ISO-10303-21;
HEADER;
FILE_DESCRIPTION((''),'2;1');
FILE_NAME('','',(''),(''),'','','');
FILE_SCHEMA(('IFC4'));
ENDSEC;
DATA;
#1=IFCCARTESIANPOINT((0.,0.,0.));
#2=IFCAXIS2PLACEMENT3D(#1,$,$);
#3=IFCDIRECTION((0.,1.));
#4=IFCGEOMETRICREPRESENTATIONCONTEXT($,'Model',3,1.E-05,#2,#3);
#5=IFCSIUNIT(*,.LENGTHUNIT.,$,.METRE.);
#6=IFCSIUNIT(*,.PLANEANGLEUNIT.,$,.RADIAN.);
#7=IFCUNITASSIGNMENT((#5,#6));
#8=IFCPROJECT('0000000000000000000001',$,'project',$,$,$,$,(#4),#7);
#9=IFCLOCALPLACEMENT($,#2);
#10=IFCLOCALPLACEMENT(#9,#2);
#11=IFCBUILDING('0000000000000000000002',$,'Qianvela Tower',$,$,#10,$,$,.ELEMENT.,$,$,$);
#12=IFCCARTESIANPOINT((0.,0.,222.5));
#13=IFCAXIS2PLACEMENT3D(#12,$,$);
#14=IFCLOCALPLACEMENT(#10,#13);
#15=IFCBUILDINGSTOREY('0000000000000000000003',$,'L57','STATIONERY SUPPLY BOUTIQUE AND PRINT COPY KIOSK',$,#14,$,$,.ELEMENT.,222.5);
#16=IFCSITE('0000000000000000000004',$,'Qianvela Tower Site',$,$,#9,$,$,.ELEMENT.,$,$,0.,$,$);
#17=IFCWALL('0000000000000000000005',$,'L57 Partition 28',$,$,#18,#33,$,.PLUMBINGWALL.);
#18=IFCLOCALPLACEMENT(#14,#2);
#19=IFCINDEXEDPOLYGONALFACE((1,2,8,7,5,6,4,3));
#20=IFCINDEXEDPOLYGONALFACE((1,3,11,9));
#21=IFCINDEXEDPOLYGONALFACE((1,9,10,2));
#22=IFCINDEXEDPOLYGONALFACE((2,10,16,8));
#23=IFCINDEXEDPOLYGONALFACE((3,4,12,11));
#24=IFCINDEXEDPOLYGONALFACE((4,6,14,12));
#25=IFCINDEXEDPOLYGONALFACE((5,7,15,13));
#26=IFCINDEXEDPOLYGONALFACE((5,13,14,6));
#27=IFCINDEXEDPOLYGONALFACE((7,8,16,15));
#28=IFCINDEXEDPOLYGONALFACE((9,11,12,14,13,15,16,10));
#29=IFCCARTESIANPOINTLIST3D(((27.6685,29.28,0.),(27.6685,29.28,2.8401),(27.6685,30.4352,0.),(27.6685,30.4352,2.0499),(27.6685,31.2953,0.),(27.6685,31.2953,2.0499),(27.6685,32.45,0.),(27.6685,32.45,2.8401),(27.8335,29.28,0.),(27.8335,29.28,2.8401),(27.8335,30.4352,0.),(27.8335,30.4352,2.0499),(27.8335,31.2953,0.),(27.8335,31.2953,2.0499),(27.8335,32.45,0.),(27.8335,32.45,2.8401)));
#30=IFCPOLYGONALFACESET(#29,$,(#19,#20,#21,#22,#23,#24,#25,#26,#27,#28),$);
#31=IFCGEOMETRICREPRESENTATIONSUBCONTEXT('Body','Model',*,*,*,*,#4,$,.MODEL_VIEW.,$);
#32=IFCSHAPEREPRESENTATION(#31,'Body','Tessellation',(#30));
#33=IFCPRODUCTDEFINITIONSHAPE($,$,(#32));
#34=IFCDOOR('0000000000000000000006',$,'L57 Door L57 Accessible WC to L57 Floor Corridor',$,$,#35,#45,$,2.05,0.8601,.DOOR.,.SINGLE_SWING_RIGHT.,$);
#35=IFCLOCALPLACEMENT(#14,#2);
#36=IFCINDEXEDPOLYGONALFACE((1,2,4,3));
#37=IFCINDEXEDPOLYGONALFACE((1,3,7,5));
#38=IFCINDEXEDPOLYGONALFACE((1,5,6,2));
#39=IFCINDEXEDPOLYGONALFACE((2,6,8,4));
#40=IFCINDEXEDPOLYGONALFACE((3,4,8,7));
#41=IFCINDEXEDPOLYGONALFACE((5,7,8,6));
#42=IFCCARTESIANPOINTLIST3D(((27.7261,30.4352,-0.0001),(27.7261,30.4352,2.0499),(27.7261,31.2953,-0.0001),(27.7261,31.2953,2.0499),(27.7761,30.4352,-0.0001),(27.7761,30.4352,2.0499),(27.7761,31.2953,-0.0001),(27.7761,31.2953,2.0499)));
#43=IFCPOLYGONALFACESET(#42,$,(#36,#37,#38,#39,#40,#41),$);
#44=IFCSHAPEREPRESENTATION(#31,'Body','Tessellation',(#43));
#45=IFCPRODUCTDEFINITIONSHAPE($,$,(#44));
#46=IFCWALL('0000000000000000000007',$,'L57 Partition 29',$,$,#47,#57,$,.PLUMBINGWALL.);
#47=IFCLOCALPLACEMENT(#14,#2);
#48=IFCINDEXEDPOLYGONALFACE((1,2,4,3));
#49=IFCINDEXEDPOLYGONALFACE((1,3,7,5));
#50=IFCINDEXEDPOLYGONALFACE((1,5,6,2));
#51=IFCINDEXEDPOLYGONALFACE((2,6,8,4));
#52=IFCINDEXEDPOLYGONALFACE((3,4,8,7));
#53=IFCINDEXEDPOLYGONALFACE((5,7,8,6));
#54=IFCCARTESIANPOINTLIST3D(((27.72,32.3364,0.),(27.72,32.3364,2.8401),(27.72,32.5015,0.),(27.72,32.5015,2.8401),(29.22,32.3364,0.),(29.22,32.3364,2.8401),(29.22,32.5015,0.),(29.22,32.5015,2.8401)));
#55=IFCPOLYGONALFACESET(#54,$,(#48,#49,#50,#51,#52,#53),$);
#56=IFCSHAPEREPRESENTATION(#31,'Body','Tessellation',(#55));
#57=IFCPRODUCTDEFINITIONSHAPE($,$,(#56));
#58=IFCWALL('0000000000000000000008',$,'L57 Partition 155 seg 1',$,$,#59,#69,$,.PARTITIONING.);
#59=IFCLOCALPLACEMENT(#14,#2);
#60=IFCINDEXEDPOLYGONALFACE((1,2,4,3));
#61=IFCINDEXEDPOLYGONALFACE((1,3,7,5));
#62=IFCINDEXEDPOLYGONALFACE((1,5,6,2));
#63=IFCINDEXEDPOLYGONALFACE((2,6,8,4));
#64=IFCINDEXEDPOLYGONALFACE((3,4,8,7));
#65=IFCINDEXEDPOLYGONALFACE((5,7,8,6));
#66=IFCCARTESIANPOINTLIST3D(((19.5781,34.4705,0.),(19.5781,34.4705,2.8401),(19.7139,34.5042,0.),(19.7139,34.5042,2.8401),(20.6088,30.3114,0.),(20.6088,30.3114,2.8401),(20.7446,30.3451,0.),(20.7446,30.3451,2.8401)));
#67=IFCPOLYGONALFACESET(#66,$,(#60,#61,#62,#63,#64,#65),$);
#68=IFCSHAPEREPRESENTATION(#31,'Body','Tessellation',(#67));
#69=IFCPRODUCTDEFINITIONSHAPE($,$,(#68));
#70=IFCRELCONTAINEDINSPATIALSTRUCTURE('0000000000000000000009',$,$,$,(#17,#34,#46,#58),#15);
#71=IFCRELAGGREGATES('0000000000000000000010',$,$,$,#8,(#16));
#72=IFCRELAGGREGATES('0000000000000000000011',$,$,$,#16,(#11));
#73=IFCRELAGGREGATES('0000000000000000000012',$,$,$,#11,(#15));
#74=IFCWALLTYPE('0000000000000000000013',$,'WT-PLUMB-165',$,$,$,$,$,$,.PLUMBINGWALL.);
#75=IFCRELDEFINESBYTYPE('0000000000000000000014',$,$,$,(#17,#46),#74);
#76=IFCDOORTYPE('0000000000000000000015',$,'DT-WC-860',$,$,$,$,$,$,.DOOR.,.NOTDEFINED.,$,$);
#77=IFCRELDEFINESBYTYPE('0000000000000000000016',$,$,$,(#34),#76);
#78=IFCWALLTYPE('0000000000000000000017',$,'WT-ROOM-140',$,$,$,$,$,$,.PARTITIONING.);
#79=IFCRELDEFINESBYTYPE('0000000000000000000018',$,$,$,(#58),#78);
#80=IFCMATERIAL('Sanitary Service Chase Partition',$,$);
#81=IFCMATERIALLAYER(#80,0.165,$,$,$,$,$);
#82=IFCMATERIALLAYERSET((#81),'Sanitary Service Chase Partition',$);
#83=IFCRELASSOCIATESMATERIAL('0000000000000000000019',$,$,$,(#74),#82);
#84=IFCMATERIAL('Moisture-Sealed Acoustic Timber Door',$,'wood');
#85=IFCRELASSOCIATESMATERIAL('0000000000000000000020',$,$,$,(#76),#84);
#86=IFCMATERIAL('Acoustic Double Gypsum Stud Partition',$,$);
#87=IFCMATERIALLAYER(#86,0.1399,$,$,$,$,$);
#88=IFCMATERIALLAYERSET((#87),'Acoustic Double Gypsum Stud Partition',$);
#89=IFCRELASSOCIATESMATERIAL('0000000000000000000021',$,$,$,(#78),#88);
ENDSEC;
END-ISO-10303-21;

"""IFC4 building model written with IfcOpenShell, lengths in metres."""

from ifc_helpers import new_model, si_unit, direction, frame, frame_2d, origin, place, context, subcontext, project, spatial, rectangle, extrude, material, layer, layer_set, type_object, element, fill, save


model = new_model("IFC4")

# Units and contexts
model_context = context("Model", 3, precision=1e-05, world=origin(), true_north=direction((0.0, 1.0)))
body_context = subcontext(model_context, "Body", "Model", "MODEL_VIEW")
ifc_project = project(units=[si_unit("LENGTHUNIT", "METRE"), si_unit("PLANEANGLEUNIT", "RADIAN")], contexts=[model_context])

# Site, building, storey
site_placement = place(None, origin())
site = spatial("IfcSite", under=ifc_project, at=site_placement, Name="Qianvela Tower Site", CompositionType="ELEMENT", RefElevation=0.0)
building_placement = place(site_placement, origin())
building = spatial("IfcBuilding", under=site, at=building_placement, Name="Qianvela Tower", CompositionType="ELEMENT")
storey_placement = place(building_placement, frame((0.0, 0.0, 222.5)))
storey = spatial("IfcBuildingStorey", under=building, at=storey_placement, Name="L57", Description="STATIONERY SUPPLY BOUTIQUE AND PRINT COPY KIOSK", CompositionType="ELEMENT", Elevation=222.5)

# Shared definitions
ifc_material_1 = material(Name="Sanitary Service Chase Partition")
ifc_layer_1 = layer(ifc_material_1, 0.165)
ifc_layer_set_1 = layer_set([ifc_layer_1], Name="Sanitary Service Chase Partition")
wall_type_1 = type_object("IfcWallType", Name="WT-PLUMB-165", PredefinedType="PLUMBINGWALL", material=ifc_layer_set_1)

# Wall, opening, door
wall_1_placement = place(storey_placement, frame((27.751, 29.28, 0.0), z_axis=(0.0, 0.0, 1.0), x_axis=(0.0, 1.0, 0.0)))
wall_1 = element("IfcWall", 1, at=wall_1_placement, inside=storey, type_object=wall_type_1, Name="L57 Partition 28", PredefinedType="PLUMBINGWALL", context=body_context, shape_type="SweptSolid", body=[
    extrude(rectangle(XDim=3.1699, YDim=0.165, at=frame_2d((1.585, 0.0))), origin(), (0.0, 0.0, 1.0), 2.8401),
])
opening_1_placement = place(wall_1_placement, frame((1.155, 0.0, 0.0)))
opening_1 = element("IfcOpeningElement", 2, at=opening_1_placement, cuts=wall_1, PredefinedType="OPENING", context=body_context, shape_type="SweptSolid", body=[
    extrude(rectangle(XDim=0.8601, YDim=2.05, at=frame_2d((0.4302, 1.0249))), frame((0.0, 0.0925, 0.0), z_axis=(0.0, -1.0, 0.0), x_axis=(1.0, 0.0, 0.0)), (0.0, 0.0, 1.0), 0.1851),
])
ifc_material_2 = material(Name="Moisture-Sealed Acoustic Timber Door", Category="wood")
door_type_1 = type_object("IfcDoorType", Name="DT-WC-860", OperationType="NOTDEFINED", PredefinedType="DOOR", material=ifc_material_2)
door_1_placement = place(opening_1_placement, origin())
door_1 = element("IfcDoor", 3, at=door_1_placement, inside=storey, type_object=door_type_1, Name="L57 Door L57 Accessible WC to L57 Floor Corridor", OperationType="SINGLE_SWING_RIGHT", OverallHeight=2.05, OverallWidth=0.8601, PredefinedType="DOOR", context=body_context, shape_type="SweptSolid", body=[
    extrude(rectangle(XDim=0.8601, YDim=2.05, at=frame_2d((0.4302, 1.0249))), frame((0.0, 0.0249, 0.0), z_axis=(0.0, -1.0, 0.0), x_axis=(1.0, 0.0, 0.0)), (0.0, 0.0, 1.0), 0.05),
])
fill(opening_1, door_1)

# Walls
wall_2_placement = place(storey_placement, frame((27.72, 32.4189, 0.0), z_axis=(0.0, 0.0, 1.0), x_axis=(1.0, 0.0, 0.0)))
element("IfcWall", 4, at=wall_2_placement, inside=storey, type_object=wall_type_1, Name="L57 Partition 29", PredefinedType="PLUMBINGWALL", context=body_context, shape_type="SweptSolid", body=[
    extrude(rectangle(XDim=1.5, YDim=0.165, at=frame_2d((0.75, 0.0))), origin(), (0.0, 0.0, 1.0), 2.8401),
])
ifc_material_3 = material(Name="Acoustic Double Gypsum Stud Partition")
ifc_layer_2 = layer(ifc_material_3, 0.1399)
ifc_layer_set_2 = layer_set([ifc_layer_2], Name="Acoustic Double Gypsum Stud Partition")
wall_type_2 = type_object("IfcWallType", Name="WT-ROOM-140", PredefinedType="PARTITIONING", material=ifc_layer_set_2)
wall_3_placement = place(storey_placement, frame((20.6768, 30.3281, 0.0), z_axis=(0.0, 0.0, 1.0), x_axis=(-0.240551, 0.970636, 0.0)))
element("IfcWall", 5, at=wall_3_placement, inside=storey, type_object=wall_type_2, Name="L57 Partition 155 seg 1", PredefinedType="PARTITIONING", context=body_context, shape_type="SweptSolid", body=[
    extrude(rectangle(XDim=4.2849, YDim=0.1399, at=frame_2d((2.1426, 0.0))), origin(), (0.0, 0.0, 1.0), 2.8401),
])

save(model, "model.ifc")
